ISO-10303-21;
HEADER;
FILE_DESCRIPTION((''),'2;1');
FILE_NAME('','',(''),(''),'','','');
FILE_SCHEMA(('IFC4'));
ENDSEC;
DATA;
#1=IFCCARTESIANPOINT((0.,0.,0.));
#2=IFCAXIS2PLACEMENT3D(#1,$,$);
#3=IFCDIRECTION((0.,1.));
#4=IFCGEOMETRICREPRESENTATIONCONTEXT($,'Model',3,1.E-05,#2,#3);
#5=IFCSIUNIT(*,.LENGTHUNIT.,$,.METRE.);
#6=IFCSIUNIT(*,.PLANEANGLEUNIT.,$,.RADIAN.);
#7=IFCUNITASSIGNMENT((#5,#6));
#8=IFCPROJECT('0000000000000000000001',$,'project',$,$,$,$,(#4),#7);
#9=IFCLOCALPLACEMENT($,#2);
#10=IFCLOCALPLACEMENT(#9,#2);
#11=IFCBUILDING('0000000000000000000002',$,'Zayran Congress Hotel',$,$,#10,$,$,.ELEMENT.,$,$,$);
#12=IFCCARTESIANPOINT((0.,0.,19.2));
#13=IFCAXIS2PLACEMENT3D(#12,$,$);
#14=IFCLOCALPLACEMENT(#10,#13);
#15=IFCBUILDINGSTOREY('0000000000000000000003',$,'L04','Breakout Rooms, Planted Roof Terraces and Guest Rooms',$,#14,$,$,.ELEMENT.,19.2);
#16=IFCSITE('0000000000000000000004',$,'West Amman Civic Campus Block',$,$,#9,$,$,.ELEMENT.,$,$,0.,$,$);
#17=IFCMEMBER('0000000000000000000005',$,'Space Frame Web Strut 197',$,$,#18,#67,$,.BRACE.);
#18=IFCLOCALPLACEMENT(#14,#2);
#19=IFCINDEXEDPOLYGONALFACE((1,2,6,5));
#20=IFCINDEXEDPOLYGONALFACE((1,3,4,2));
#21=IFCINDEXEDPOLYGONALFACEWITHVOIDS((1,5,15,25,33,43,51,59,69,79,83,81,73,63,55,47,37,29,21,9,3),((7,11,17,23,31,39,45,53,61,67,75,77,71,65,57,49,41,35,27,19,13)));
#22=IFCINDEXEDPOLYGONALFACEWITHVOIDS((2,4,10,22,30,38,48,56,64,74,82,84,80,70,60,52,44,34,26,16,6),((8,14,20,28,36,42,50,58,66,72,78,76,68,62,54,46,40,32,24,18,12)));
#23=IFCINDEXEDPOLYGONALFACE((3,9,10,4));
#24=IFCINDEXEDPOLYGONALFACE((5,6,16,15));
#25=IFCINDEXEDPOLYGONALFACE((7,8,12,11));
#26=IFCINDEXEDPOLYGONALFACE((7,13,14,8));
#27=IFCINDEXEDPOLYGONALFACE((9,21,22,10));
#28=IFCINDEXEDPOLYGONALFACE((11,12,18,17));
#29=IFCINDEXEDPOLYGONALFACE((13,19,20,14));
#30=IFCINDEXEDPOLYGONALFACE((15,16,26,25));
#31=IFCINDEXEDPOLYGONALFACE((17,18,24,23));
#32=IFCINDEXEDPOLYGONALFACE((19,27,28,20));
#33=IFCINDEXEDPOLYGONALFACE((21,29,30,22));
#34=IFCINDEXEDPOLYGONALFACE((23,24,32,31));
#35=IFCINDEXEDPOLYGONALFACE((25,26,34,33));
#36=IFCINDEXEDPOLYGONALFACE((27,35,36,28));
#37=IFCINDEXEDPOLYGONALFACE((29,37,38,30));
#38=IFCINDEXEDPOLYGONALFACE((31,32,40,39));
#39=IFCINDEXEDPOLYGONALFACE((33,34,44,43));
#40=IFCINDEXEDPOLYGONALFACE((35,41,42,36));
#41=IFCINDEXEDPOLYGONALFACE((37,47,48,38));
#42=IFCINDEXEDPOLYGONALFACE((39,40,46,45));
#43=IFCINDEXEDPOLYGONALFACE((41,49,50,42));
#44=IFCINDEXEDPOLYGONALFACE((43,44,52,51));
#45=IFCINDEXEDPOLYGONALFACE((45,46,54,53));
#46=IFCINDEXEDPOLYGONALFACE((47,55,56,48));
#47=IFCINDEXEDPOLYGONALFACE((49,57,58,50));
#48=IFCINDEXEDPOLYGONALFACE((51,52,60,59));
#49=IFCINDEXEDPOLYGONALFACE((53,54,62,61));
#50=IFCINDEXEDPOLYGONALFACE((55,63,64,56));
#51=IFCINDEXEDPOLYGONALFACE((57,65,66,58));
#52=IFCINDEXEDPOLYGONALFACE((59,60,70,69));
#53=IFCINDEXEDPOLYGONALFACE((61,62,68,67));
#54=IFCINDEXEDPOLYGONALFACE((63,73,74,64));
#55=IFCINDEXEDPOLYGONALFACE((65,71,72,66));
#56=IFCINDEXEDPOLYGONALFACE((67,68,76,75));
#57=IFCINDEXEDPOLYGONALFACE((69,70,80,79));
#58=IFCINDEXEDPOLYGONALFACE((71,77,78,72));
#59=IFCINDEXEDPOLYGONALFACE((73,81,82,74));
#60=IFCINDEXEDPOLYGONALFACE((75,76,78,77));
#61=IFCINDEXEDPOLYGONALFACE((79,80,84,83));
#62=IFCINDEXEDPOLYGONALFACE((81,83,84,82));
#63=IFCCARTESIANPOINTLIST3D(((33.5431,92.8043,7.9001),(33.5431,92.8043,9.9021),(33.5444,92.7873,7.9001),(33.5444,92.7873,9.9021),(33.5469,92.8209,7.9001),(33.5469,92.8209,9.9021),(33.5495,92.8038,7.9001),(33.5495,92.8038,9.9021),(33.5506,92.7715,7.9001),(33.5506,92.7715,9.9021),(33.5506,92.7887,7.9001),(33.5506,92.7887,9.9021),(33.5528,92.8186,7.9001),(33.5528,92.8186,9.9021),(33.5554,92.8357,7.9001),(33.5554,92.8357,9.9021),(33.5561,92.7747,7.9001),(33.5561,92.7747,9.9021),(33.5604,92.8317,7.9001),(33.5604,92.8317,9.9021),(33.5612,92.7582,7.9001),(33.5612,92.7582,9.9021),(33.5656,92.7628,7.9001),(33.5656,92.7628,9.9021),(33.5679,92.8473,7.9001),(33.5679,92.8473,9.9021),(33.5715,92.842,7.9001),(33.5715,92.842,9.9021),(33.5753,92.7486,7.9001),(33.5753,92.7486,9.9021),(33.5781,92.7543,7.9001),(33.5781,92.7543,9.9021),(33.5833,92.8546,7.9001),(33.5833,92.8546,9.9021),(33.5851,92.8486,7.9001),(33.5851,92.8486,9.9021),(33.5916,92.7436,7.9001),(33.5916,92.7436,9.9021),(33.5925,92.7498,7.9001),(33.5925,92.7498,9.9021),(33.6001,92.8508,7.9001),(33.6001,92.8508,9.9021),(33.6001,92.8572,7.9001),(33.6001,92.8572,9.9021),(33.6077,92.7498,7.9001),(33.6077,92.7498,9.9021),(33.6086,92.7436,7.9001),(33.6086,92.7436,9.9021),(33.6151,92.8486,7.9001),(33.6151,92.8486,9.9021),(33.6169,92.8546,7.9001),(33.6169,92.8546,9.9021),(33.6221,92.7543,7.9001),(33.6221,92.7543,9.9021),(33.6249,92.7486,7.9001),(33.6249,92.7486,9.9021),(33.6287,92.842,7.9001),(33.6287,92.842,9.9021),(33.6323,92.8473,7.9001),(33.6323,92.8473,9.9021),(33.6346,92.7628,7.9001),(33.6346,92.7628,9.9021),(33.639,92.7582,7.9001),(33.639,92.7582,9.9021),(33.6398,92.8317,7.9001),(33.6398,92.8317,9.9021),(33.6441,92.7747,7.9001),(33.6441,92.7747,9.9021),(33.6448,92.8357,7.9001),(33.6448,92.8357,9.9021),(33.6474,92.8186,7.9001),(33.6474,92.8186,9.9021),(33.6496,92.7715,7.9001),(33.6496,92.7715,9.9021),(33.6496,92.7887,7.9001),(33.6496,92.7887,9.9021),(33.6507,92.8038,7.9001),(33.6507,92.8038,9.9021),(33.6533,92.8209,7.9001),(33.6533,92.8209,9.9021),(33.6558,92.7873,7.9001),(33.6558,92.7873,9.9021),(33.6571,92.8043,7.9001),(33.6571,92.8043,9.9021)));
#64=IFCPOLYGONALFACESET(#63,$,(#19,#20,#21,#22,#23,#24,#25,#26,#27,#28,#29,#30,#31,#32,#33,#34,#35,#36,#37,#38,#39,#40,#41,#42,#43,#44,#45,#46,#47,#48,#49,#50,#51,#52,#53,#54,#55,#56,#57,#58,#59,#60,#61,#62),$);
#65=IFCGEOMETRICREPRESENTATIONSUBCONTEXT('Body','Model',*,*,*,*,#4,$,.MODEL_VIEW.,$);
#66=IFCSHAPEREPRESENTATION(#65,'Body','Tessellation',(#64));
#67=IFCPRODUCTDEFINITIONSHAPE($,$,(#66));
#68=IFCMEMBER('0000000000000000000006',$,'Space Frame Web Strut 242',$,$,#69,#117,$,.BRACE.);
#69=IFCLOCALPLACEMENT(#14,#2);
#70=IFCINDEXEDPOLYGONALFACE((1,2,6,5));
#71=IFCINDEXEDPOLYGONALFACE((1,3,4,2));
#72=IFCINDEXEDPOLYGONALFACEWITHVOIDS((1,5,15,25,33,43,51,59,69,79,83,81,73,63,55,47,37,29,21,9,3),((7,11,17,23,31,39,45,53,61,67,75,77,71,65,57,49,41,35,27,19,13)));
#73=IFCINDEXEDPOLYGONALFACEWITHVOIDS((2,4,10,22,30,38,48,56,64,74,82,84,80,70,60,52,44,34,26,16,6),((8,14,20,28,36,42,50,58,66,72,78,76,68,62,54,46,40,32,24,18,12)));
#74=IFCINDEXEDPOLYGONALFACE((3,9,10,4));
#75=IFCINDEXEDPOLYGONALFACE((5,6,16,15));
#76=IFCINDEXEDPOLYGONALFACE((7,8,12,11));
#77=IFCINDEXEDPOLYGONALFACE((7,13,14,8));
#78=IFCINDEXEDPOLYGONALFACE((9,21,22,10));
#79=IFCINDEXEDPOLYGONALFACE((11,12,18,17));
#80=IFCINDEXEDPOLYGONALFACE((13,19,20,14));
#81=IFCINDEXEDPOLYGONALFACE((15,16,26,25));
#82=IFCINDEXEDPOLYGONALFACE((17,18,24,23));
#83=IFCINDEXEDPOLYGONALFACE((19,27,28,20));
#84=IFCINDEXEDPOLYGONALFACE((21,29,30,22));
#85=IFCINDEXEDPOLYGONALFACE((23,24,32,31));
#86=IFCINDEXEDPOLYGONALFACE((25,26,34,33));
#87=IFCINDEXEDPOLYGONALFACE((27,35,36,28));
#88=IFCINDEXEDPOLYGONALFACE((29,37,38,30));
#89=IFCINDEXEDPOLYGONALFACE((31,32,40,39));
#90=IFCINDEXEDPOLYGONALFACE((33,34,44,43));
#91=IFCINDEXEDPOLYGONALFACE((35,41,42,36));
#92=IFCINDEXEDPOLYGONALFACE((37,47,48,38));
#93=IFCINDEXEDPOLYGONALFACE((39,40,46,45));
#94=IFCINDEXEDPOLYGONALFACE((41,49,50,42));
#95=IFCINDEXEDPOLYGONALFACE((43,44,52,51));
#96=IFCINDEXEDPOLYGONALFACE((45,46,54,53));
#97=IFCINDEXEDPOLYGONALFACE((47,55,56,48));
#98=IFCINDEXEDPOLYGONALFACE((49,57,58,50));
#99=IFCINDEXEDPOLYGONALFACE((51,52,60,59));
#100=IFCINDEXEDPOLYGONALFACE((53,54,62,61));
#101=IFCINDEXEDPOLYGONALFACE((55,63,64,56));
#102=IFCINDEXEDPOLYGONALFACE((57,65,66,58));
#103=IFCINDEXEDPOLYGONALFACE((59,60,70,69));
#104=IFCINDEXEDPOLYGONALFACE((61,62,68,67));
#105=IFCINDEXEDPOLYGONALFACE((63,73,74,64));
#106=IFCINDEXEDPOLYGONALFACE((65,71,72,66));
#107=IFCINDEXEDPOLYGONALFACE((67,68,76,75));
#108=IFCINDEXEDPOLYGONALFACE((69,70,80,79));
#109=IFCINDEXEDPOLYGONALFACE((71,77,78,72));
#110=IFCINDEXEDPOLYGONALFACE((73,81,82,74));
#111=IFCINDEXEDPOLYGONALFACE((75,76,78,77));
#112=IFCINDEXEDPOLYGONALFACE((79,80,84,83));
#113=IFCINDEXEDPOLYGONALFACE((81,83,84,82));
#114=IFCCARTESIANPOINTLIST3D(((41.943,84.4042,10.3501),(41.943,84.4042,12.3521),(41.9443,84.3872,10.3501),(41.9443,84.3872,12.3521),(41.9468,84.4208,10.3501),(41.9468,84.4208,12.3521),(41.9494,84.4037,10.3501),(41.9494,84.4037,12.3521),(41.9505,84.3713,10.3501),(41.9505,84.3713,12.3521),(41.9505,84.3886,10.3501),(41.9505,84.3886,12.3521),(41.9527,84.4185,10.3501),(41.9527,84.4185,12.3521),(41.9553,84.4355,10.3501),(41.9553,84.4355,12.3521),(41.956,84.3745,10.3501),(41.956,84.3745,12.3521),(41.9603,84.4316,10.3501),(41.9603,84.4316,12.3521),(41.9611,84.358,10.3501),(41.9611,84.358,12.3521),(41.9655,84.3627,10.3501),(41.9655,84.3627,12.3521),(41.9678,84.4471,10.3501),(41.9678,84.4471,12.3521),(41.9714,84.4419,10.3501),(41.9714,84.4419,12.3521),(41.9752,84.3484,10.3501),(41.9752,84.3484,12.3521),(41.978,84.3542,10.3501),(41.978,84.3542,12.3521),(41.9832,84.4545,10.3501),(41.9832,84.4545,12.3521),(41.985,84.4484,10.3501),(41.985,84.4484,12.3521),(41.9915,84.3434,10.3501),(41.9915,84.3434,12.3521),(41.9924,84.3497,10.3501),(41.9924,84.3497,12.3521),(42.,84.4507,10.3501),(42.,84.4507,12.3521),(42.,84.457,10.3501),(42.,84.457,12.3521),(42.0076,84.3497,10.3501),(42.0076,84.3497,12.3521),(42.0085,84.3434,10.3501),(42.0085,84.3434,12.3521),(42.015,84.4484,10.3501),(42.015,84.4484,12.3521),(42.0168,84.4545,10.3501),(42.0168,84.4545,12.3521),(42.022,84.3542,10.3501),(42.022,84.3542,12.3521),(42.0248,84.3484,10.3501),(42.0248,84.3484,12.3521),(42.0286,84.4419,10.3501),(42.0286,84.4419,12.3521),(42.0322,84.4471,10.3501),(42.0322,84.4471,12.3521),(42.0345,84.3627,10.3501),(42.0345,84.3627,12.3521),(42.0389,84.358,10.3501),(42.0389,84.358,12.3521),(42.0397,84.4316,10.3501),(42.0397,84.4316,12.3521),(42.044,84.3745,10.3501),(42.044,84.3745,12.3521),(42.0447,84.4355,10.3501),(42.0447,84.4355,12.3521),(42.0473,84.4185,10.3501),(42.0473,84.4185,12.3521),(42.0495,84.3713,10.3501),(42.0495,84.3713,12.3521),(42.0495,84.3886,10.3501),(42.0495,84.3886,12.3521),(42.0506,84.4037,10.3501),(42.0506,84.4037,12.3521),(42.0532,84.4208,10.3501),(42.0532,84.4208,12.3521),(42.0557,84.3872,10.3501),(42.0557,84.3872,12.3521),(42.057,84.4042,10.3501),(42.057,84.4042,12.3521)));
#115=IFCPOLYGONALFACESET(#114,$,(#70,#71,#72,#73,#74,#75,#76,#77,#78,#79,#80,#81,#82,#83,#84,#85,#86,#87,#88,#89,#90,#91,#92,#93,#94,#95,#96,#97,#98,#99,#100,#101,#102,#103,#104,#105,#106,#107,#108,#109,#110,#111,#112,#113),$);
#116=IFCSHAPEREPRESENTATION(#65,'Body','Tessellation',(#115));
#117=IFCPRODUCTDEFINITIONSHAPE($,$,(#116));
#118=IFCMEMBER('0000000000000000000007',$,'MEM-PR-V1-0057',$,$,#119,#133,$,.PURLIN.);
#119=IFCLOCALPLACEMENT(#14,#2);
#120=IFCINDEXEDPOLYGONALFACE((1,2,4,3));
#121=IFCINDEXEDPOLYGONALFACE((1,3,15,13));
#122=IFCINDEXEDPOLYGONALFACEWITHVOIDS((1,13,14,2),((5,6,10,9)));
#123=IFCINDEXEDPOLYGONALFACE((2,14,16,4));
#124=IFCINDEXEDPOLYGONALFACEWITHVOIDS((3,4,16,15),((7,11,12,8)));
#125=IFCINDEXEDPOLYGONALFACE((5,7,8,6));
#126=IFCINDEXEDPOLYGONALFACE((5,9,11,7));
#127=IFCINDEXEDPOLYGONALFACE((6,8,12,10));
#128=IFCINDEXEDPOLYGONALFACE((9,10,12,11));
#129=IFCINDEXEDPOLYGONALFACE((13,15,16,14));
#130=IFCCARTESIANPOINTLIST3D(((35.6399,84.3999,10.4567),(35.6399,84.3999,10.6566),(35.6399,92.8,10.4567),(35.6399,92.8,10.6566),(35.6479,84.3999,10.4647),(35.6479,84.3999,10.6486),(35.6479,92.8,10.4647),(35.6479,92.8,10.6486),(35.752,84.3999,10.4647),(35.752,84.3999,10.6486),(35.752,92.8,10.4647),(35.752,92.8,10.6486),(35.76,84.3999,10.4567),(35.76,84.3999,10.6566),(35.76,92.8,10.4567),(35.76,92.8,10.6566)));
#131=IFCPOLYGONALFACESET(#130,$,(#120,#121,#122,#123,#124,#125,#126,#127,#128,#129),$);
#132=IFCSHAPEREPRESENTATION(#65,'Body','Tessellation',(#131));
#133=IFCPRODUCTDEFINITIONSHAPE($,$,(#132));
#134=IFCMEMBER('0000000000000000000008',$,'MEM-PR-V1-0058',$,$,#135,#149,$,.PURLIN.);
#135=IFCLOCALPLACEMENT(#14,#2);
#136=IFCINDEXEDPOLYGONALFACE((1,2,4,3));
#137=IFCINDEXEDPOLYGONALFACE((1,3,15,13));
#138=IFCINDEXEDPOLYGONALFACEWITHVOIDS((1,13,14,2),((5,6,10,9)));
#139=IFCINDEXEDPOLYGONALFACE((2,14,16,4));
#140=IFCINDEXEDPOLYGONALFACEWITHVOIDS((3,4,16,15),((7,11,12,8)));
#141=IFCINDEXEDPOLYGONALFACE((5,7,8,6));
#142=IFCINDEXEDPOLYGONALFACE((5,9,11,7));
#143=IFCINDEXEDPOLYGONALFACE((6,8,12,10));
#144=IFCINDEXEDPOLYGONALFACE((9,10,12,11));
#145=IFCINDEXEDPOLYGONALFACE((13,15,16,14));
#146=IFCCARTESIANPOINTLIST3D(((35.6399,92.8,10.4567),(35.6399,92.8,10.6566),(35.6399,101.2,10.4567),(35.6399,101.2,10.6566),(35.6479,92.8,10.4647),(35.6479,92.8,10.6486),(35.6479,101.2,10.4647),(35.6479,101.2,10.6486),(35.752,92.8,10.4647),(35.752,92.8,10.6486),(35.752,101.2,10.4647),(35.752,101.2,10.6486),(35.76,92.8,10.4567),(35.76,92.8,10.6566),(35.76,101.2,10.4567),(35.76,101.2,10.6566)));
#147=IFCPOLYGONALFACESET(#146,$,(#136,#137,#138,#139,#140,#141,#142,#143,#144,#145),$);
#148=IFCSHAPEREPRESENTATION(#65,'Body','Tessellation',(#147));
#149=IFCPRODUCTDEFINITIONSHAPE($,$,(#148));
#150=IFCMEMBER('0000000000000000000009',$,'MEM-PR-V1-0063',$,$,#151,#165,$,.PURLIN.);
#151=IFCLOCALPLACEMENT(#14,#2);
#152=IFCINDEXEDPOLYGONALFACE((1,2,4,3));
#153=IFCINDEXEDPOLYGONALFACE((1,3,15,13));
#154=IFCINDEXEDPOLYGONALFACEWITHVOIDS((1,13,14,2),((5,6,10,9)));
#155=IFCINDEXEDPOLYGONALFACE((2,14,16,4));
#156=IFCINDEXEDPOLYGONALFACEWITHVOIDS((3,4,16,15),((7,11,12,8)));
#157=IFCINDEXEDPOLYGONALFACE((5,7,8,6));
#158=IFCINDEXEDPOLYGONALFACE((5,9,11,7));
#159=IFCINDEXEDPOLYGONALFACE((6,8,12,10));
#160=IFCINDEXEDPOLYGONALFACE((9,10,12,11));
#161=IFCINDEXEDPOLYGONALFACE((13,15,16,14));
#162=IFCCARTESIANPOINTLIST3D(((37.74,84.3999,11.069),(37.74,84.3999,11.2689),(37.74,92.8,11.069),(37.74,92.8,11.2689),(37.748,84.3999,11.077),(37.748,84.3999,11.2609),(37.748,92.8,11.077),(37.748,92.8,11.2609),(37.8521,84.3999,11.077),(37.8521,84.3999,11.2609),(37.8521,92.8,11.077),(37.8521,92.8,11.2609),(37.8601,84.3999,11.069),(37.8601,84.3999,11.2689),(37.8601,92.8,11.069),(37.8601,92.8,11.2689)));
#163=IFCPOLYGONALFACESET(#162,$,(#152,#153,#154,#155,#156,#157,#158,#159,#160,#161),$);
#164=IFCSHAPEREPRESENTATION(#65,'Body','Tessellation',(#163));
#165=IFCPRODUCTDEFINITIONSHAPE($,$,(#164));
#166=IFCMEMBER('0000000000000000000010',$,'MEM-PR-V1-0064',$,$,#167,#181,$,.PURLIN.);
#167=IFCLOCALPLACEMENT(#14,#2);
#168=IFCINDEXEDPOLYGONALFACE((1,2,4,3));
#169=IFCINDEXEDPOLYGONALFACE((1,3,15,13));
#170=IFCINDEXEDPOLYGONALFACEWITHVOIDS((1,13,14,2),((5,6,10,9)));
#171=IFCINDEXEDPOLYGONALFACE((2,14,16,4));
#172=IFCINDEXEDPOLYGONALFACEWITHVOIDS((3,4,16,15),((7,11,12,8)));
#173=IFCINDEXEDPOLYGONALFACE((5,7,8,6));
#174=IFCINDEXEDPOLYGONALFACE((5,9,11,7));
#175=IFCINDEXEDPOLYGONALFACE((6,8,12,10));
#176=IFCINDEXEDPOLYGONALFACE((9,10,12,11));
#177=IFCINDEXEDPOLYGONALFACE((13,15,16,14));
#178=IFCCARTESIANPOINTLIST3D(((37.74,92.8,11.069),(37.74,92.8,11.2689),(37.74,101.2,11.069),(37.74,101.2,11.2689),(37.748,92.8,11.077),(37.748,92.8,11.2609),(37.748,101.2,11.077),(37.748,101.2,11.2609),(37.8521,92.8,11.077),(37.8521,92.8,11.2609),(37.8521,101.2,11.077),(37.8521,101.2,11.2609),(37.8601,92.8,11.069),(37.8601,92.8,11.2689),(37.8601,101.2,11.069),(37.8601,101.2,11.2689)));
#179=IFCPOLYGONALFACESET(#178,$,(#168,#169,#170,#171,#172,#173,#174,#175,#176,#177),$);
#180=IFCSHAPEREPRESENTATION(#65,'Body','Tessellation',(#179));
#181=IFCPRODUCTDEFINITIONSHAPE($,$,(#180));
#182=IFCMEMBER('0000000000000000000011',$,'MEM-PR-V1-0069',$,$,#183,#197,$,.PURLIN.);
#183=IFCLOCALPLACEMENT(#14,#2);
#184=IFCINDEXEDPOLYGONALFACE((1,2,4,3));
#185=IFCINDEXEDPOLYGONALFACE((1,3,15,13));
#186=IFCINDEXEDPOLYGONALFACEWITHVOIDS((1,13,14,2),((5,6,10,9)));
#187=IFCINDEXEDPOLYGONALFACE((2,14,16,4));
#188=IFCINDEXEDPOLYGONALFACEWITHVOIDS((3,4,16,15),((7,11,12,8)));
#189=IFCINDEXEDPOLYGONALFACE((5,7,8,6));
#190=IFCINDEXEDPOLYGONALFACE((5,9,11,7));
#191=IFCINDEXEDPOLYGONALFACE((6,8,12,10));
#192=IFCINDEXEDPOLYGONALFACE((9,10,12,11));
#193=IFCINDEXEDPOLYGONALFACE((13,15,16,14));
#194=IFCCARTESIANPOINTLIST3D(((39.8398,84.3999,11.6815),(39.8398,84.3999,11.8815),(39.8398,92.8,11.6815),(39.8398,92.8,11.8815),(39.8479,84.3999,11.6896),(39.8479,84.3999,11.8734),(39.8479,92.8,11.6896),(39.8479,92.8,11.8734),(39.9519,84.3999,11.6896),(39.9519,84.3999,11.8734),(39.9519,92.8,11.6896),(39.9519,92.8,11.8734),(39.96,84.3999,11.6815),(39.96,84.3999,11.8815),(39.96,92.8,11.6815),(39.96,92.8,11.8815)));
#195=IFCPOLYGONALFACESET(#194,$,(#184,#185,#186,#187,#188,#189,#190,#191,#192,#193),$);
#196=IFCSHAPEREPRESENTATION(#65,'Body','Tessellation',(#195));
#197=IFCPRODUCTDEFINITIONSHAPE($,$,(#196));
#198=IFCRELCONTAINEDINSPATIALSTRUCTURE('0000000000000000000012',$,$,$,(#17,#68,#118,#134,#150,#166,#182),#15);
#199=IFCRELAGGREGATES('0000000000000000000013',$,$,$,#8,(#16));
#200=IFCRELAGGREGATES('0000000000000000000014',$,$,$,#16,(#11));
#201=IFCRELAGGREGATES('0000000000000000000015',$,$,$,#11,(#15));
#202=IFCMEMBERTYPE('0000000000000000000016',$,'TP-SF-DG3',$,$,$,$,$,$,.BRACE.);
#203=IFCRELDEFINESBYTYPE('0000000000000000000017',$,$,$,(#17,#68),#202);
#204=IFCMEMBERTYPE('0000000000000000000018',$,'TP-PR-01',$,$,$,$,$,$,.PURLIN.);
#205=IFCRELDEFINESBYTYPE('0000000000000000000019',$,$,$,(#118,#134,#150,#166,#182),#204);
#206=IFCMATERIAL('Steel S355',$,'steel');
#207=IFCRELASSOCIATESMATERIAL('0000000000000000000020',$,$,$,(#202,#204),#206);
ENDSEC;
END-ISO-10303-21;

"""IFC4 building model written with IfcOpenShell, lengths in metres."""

from ifc_helpers import new_model, si_unit, direction, frame, origin, origin_2d, place, context, subcontext, project, spatial, hollow_rectangle, hollow_circle, extrude, material, material_profile, profile_set, type_object, element, save


model = new_model("IFC4")

# Units and contexts
model_context = context("Model", 3, precision=1e-05, world=origin(), true_north=direction((0.0, 1.0)))
body_context = subcontext(model_context, "Body", "Model", "MODEL_VIEW")
ifc_project = project(units=[si_unit("LENGTHUNIT", "METRE"), si_unit("PLANEANGLEUNIT", "RADIAN")], contexts=[model_context])

# Site, building, storey
site_placement = place(None, origin())
site = spatial("IfcSite", under=ifc_project, at=site_placement, Name="West Amman Civic Campus Block", CompositionType="ELEMENT", RefElevation=0.0)
building_placement = place(site_placement, origin())
building = spatial("IfcBuilding", under=site, at=building_placement, Name="Zayran Congress Hotel", CompositionType="ELEMENT")
storey_placement = place(building_placement, frame((0.0, 0.0, 19.2)))
storey = spatial("IfcBuildingStorey", under=building, at=storey_placement, Name="L04", Description="Breakout Rooms, Planted Roof Terraces and Guest Rooms", CompositionType="ELEMENT", Elevation=19.2)

# Members
ifc_material_1 = material(Name="Steel S355", Category="steel")
ifc_material_profile_1 = material_profile(ifc_material_1, hollow_circle(Radius=0.0571, WallThickness=0.0063, at=origin_2d()), Name="CHS 114.3x6.3")
ifc_profile_set_1 = profile_set([ifc_material_profile_1], Name="Steel S355")
member_type_1 = type_object("IfcMemberType", Name="TP-SF-DG3", PredefinedType="BRACE", material=ifc_profile_set_1)
for number, where, z_axis, x_axis, name in (
    (1, (33.6001, 92.8, 7.9001), (0.0, 0.0, 1.0), (0.0, 1.0, 0.0), "Space Frame Web Strut 197"),
    (2, (42.0, 84.3999, 10.3501), (0.0, 0.0, 1.0), (0.0, 1.0, 0.0), "Space Frame Web Strut 242"),
):
    element("IfcMember", number, at=place(storey_placement, frame(where, z_axis=z_axis, x_axis=x_axis)), inside=storey, type_object=member_type_1, Name=name, PredefinedType="BRACE", context=body_context, shape_type="SweptSolid", body=[
        extrude(hollow_circle(Radius=0.0571, WallThickness=0.0063, at=origin_2d()), origin(), (0.0, 0.0, 1.0), 2.002),
    ])
ifc_material_profile_2 = material_profile(ifc_material_1, hollow_rectangle(XDim=0.1201, YDim=0.2, WallThickness=0.0081, at=origin_2d()), Name="RHS 200x120x8")
ifc_profile_set_2 = profile_set([ifc_material_profile_2], Name="Steel S355")
member_type_2 = type_object("IfcMemberType", Name="TP-PR-01", PredefinedType="PURLIN", material=ifc_profile_set_2)
member_1_placement = place(storey_placement, frame((35.7, 84.3999, 10.5566), z_axis=(0.0, 1.0, 0.0), x_axis=(-1.0, 0.0, 0.0)))
element("IfcMember", 3, at=member_1_placement, inside=storey, type_object=member_type_2, Name="MEM-PR-V1-0057", PredefinedType="PURLIN", context=body_context, shape_type="SweptSolid", body=[
    extrude(hollow_rectangle(XDim=0.1201, YDim=0.2, WallThickness=0.0081, at=origin_2d()), origin(), (0.0, 0.0, 1.0), 8.4001),
])
member_2_placement = place(storey_placement, frame((35.7, 92.8, 10.5566), z_axis=(0.0, 1.0, 0.0), x_axis=(-1.0, 0.0, 0.0)))
element("IfcMember", 4, at=member_2_placement, inside=storey, type_object=member_type_2, Name="MEM-PR-V1-0058", PredefinedType="PURLIN", context=body_context, shape_type="SweptSolid", body=[
    extrude(hollow_rectangle(XDim=0.1201, YDim=0.2, WallThickness=0.0081, at=origin_2d()), origin(), (0.0, 0.0, 1.0), 8.3999),
])
member_3_placement = place(storey_placement, frame((37.8, 84.3999, 11.1689), z_axis=(0.0, 1.0, 0.0), x_axis=(-1.0, 0.0, 0.0)))
element("IfcMember", 5, at=member_3_placement, inside=storey, type_object=member_type_2, Name="MEM-PR-V1-0063", PredefinedType="PURLIN", context=body_context, shape_type="SweptSolid", body=[
    extrude(hollow_rectangle(XDim=0.1201, YDim=0.2, WallThickness=0.0081, at=origin_2d()), origin(), (0.0, 0.0, 1.0), 8.4001),
])
member_4_placement = place(storey_placement, frame((37.8, 92.8, 11.1689), z_axis=(0.0, 1.0, 0.0), x_axis=(-1.0, 0.0, 0.0)))
element("IfcMember", 6, at=member_4_placement, inside=storey, type_object=member_type_2, Name="MEM-PR-V1-0064", PredefinedType="PURLIN", context=body_context, shape_type="SweptSolid", body=[
    extrude(hollow_rectangle(XDim=0.1201, YDim=0.2, WallThickness=0.0081, at=origin_2d()), origin(), (0.0, 0.0, 1.0), 8.3999),
])
member_5_placement = place(storey_placement, frame((39.8999, 84.3999, 11.7815), z_axis=(0.0, 1.0, 0.0), x_axis=(-1.0, 0.0, 0.0)))
element("IfcMember", 7, at=member_5_placement, inside=storey, type_object=member_type_2, Name="MEM-PR-V1-0069", PredefinedType="PURLIN", context=body_context, shape_type="SweptSolid", body=[
    extrude(hollow_rectangle(XDim=0.1201, YDim=0.2, WallThickness=0.0081, at=origin_2d()), origin(), (0.0, 0.0, 1.0), 8.4001),
])

save(model, "model.ifc")
